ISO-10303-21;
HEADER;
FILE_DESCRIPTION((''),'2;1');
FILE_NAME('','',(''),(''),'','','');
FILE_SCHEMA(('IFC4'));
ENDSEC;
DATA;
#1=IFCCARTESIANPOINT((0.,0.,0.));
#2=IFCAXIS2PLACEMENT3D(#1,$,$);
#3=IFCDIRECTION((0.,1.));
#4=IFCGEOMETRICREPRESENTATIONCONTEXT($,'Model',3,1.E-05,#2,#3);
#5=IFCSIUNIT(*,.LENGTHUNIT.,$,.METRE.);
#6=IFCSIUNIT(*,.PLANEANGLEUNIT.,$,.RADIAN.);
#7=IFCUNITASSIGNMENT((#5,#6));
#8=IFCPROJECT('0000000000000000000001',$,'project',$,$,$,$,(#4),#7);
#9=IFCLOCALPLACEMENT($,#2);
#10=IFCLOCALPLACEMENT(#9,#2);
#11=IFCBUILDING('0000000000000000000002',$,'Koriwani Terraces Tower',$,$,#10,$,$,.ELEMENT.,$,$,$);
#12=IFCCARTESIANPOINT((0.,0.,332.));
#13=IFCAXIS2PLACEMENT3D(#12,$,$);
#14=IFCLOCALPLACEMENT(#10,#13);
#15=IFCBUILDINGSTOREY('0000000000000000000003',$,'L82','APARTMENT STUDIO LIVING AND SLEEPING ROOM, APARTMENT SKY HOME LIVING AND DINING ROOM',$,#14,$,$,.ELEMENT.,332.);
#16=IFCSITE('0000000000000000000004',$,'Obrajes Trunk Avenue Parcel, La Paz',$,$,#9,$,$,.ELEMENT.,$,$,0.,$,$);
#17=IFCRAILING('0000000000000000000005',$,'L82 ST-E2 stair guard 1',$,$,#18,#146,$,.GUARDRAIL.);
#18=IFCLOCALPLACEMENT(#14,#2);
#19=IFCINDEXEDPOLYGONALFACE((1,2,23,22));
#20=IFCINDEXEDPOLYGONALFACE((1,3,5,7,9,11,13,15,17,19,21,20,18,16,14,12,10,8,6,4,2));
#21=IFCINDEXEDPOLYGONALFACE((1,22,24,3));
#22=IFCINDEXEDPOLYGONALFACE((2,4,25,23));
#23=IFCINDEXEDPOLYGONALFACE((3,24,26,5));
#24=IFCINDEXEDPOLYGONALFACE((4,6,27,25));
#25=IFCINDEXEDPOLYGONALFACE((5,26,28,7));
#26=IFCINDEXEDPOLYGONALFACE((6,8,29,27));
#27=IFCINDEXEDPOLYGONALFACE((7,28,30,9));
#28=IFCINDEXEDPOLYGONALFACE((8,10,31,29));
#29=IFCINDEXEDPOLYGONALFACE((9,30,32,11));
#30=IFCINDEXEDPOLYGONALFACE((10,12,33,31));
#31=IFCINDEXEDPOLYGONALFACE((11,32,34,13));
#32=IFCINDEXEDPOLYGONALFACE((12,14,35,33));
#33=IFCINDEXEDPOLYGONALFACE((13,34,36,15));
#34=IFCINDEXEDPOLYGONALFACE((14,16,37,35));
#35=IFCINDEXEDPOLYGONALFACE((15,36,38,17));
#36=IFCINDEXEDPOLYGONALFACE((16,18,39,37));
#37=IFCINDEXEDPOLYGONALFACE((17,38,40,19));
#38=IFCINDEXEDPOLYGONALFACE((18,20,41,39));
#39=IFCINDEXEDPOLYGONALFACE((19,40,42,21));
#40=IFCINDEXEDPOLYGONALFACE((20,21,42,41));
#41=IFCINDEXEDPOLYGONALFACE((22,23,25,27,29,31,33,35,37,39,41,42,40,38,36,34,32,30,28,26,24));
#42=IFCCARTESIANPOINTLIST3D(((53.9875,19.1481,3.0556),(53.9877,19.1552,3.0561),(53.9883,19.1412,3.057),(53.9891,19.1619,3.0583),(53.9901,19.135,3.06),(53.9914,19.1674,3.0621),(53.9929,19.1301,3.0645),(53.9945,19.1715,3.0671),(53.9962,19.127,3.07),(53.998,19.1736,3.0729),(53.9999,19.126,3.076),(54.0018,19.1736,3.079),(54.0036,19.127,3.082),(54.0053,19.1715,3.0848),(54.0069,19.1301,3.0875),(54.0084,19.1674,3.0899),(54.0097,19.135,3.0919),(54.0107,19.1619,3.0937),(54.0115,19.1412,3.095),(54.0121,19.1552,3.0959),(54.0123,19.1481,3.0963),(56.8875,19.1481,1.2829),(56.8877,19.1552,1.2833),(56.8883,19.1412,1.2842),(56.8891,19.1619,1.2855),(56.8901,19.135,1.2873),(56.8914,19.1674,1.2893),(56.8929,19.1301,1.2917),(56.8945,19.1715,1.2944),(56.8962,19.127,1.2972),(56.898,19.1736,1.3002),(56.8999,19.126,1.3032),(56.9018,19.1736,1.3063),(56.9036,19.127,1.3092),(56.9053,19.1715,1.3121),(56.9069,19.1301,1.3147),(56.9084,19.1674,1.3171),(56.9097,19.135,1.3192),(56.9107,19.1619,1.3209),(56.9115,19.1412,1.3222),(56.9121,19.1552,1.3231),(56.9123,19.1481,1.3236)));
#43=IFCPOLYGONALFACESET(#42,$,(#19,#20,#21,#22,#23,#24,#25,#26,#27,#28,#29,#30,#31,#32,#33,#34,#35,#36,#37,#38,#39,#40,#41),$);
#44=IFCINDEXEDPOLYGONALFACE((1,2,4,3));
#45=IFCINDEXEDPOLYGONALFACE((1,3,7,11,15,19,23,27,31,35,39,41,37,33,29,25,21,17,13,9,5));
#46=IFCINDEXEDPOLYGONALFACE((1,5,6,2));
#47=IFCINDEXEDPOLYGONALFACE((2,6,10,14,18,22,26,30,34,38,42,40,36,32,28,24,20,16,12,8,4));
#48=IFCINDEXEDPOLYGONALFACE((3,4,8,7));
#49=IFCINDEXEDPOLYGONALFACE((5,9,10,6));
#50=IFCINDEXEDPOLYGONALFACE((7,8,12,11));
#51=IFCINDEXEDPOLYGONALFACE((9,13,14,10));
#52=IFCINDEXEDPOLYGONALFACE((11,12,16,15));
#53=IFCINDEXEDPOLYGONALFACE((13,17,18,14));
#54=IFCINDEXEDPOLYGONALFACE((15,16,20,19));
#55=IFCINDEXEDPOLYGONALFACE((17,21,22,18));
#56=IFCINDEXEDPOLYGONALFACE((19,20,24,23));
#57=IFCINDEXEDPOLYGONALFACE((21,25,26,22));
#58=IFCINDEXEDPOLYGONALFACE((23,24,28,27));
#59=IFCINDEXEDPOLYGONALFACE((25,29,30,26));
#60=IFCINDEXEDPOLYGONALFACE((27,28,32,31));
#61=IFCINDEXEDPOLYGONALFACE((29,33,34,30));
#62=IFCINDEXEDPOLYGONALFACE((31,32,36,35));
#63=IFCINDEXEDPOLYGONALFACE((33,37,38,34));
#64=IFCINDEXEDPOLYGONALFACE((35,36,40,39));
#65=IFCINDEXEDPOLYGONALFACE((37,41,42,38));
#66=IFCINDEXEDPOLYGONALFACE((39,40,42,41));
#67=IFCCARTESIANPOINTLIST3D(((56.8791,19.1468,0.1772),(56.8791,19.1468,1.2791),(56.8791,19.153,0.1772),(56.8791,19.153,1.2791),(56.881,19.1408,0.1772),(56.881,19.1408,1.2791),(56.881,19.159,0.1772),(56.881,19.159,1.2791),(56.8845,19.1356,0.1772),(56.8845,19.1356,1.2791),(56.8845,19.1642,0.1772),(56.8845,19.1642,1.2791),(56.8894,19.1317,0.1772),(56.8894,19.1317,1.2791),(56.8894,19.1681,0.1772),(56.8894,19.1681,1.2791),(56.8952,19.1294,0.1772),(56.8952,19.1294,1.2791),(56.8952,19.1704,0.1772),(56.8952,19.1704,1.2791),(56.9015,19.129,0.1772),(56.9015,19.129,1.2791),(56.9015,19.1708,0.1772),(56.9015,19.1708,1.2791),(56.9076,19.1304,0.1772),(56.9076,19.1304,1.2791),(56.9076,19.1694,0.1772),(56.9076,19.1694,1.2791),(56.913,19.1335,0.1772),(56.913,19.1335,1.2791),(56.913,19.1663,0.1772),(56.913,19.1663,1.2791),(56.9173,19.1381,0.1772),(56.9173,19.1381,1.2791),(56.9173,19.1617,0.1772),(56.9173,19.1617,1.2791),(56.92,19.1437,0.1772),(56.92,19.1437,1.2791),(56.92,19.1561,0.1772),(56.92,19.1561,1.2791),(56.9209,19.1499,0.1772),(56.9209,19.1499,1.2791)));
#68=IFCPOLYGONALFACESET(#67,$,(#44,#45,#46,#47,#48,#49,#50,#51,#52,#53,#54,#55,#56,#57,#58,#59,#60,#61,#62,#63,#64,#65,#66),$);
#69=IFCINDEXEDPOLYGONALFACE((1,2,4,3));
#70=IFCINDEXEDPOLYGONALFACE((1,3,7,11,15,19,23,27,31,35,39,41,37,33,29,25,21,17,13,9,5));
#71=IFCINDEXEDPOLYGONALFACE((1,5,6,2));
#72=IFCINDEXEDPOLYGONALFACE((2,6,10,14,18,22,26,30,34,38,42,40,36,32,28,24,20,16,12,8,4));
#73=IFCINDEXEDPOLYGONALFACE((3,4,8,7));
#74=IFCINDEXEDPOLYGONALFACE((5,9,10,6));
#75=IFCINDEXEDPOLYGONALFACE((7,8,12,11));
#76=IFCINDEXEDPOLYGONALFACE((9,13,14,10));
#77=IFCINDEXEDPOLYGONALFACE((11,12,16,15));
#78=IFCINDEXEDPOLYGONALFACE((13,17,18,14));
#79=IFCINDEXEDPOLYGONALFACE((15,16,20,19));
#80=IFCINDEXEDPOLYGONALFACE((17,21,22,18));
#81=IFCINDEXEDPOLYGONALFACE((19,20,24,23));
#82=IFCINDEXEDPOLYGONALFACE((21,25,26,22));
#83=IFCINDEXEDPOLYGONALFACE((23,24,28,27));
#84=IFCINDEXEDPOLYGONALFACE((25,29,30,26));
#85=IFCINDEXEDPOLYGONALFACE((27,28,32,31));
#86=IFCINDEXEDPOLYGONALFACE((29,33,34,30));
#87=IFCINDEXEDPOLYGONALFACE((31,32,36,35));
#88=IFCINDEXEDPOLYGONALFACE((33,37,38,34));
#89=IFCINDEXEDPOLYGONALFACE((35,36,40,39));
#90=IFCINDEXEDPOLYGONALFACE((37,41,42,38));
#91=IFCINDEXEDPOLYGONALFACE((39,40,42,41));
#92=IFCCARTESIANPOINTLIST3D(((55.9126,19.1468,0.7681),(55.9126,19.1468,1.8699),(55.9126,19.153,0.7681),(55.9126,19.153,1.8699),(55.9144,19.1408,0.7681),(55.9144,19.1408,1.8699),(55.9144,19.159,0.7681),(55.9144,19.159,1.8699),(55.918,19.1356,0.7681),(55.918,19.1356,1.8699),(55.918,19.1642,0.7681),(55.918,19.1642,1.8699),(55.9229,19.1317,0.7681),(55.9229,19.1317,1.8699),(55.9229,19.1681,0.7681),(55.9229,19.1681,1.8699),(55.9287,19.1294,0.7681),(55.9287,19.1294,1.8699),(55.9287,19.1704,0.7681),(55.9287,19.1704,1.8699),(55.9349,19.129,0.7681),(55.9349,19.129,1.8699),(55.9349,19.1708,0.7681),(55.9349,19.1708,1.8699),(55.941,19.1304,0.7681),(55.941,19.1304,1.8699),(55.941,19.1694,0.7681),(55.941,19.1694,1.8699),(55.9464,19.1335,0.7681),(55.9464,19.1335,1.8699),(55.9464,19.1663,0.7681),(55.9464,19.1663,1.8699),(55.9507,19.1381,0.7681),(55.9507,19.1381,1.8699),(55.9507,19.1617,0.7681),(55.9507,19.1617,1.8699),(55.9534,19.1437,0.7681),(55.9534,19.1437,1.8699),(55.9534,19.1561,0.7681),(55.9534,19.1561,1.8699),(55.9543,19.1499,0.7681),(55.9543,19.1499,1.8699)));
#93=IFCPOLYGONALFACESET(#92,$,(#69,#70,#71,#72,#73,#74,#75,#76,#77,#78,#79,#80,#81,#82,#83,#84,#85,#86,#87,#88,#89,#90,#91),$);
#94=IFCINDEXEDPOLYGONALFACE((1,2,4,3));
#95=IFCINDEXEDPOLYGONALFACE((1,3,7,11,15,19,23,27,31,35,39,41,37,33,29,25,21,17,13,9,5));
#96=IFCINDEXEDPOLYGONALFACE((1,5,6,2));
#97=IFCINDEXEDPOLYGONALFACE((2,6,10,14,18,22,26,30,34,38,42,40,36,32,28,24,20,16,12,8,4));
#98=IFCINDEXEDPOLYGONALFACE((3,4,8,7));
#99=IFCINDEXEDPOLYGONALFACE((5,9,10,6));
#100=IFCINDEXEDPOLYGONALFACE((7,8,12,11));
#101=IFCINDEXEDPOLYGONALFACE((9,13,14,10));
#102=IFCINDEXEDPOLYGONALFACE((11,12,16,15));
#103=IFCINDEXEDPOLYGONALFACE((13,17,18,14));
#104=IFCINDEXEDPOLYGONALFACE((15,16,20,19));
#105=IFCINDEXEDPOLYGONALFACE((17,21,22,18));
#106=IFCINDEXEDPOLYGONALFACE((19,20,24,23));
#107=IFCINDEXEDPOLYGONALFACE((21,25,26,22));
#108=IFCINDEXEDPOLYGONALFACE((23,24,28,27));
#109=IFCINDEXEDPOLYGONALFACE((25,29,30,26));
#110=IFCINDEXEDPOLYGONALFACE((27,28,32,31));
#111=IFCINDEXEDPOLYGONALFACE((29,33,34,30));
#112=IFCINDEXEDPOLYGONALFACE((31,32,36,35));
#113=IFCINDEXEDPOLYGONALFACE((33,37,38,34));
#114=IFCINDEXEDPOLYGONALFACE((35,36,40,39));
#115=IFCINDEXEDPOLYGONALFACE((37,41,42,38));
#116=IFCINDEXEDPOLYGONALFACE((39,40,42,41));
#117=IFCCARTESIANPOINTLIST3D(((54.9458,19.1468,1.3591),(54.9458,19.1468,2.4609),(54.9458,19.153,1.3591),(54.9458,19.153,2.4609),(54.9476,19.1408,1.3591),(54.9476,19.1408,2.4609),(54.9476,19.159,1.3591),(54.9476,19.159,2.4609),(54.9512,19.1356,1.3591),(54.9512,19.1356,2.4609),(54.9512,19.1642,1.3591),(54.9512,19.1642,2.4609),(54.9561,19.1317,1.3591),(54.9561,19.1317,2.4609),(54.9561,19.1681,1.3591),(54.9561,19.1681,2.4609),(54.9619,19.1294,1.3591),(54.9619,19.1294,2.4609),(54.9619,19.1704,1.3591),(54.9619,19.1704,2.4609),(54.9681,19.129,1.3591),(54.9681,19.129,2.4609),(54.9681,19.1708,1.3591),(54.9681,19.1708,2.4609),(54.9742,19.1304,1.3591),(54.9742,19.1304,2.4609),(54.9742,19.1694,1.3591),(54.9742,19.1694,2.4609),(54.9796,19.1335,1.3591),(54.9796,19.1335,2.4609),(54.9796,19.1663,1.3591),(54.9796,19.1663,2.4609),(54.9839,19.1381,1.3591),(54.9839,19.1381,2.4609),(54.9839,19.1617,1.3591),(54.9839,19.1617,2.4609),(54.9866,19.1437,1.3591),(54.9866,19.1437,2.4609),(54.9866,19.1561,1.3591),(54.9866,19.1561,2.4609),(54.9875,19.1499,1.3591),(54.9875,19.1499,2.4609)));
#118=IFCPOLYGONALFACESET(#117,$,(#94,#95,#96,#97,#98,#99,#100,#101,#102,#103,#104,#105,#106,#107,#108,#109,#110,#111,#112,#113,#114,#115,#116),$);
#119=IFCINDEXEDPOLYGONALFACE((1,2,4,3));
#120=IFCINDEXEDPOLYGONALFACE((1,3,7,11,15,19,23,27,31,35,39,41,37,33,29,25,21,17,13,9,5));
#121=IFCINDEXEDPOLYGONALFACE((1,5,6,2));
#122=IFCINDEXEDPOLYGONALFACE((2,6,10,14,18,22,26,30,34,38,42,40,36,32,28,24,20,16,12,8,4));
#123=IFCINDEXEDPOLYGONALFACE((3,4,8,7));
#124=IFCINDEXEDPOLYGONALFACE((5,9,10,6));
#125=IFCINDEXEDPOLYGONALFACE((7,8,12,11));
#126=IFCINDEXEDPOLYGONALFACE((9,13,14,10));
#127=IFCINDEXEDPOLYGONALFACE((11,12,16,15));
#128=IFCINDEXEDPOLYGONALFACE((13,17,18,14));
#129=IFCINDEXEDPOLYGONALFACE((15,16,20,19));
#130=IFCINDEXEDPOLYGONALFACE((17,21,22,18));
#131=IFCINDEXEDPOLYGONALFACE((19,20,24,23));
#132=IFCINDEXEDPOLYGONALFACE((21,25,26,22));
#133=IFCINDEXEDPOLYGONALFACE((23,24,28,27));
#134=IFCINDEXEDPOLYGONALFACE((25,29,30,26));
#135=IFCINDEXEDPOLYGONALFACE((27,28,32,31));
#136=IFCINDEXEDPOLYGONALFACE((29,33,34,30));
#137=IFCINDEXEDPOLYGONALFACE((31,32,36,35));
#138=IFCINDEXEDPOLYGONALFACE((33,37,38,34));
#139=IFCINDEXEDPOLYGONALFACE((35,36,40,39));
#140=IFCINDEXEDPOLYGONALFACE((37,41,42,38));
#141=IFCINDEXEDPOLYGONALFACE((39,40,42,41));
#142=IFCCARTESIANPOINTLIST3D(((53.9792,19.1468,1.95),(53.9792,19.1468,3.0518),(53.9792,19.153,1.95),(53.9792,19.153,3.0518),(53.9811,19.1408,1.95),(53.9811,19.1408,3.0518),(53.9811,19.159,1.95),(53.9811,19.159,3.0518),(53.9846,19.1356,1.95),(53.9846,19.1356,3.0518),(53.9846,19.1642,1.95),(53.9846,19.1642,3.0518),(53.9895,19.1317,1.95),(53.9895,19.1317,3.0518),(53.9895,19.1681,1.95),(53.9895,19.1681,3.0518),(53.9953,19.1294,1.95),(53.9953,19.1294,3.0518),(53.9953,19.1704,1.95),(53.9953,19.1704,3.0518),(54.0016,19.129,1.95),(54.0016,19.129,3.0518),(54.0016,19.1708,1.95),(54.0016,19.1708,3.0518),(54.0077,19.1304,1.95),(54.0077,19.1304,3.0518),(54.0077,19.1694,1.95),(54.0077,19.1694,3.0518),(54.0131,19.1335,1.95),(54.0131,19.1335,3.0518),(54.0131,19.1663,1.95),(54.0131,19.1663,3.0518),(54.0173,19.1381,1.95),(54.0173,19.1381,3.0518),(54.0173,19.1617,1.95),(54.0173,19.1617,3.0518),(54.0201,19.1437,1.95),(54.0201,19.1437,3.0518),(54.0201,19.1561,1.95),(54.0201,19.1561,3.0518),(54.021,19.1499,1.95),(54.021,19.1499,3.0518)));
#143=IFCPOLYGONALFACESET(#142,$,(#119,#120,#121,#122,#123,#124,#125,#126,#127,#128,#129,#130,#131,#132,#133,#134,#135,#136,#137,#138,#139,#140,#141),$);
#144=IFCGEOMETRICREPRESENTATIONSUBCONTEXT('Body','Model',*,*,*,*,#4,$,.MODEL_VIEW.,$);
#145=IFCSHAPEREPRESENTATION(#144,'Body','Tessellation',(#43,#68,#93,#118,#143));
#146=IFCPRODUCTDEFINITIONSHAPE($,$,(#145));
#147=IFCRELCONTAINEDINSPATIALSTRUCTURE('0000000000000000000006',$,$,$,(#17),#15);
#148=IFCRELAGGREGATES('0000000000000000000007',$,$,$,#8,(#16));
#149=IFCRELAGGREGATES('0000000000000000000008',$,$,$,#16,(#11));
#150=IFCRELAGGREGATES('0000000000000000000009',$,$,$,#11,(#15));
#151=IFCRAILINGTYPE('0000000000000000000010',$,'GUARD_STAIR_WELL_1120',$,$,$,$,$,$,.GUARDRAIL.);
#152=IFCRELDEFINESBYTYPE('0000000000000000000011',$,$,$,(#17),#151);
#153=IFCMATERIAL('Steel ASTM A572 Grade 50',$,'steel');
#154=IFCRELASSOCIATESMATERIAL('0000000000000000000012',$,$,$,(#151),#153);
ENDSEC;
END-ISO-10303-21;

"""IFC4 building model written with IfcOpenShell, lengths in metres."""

from ifc_helpers import new_model, si_unit, direction, frame, origin, origin_2d, place, context, subcontext, project, spatial, circle, extrude, material, type_object, element, save


model = new_model("IFC4")

# Units and contexts
model_context = context("Model", 3, precision=1e-05, world=origin(), true_north=direction((0.0, 1.0)))
body_context = subcontext(model_context, "Body", "Model", "MODEL_VIEW")
ifc_project = project(units=[si_unit("LENGTHUNIT", "METRE"), si_unit("PLANEANGLEUNIT", "RADIAN")], contexts=[model_context])

# Site, building, storey
site_placement = place(None, origin())
site = spatial("IfcSite", under=ifc_project, at=site_placement, Name="Obrajes Trunk Avenue Parcel, La Paz", CompositionType="ELEMENT", RefElevation=0.0)
building_placement = place(site_placement, origin())
building = spatial("IfcBuilding", under=site, at=building_placement, Name="Koriwani Terraces Tower", CompositionType="ELEMENT")
storey_placement = place(building_placement, frame((0.0, 0.0, 332.0)))
storey = spatial("IfcBuildingStorey", under=building, at=storey_placement, Name="L82", Description="APARTMENT STUDIO LIVING AND SLEEPING ROOM, APARTMENT SKY HOME LIVING AND DINING ROOM", CompositionType="ELEMENT", Elevation=332.0)

# Shared definitions
ifc_material_1 = material(Name="Steel ASTM A572 Grade 50", Category="steel")

# Railing
railing_type_1 = type_object("IfcRailingType", Name="GUARD_STAIR_WELL_1120", PredefinedType="GUARDRAIL", material=ifc_material_1)
for number, where, name in (
    (1, (56.8999, 19.1499, 0.1772), "L82 ST-E2 stair guard 1"),
):
    element("IfcRailing", number, at=place(storey_placement, frame(where)), inside=storey, type_object=railing_type_1, Name=name, PredefinedType="GUARDRAIL", context=body_context, shape_type="SweptSolid", body=[
        extrude(circle(Radius=0.0239, at=origin_2d()), frame((0.0, 0.0, 1.126), z_axis=(-0.853211, 0.0, 0.521566), x_axis=(0.0, -1.0, 0.0)), (0.0, 0.0, 1.0), 3.3989),
        extrude(circle(Radius=0.021, at=origin_2d()), origin(), (0.0, 0.0, 1.0), 1.1018),
        extrude(circle(Radius=0.021, at=origin_2d()), frame((-0.9666, 0.0, 0.5908)), (0.0, 0.0, 1.0), 1.1018),
        extrude(circle(Radius=0.021, at=origin_2d()), frame((-1.9333, 0.0, 1.1819)), (0.0, 0.0, 1.0), 1.1018),
        extrude(circle(Radius=0.021, at=origin_2d()), frame((-2.8999, 0.0, 1.7727)), (0.0, 0.0, 1.0), 1.1018),
    ])

save(model, "model.ifc")
